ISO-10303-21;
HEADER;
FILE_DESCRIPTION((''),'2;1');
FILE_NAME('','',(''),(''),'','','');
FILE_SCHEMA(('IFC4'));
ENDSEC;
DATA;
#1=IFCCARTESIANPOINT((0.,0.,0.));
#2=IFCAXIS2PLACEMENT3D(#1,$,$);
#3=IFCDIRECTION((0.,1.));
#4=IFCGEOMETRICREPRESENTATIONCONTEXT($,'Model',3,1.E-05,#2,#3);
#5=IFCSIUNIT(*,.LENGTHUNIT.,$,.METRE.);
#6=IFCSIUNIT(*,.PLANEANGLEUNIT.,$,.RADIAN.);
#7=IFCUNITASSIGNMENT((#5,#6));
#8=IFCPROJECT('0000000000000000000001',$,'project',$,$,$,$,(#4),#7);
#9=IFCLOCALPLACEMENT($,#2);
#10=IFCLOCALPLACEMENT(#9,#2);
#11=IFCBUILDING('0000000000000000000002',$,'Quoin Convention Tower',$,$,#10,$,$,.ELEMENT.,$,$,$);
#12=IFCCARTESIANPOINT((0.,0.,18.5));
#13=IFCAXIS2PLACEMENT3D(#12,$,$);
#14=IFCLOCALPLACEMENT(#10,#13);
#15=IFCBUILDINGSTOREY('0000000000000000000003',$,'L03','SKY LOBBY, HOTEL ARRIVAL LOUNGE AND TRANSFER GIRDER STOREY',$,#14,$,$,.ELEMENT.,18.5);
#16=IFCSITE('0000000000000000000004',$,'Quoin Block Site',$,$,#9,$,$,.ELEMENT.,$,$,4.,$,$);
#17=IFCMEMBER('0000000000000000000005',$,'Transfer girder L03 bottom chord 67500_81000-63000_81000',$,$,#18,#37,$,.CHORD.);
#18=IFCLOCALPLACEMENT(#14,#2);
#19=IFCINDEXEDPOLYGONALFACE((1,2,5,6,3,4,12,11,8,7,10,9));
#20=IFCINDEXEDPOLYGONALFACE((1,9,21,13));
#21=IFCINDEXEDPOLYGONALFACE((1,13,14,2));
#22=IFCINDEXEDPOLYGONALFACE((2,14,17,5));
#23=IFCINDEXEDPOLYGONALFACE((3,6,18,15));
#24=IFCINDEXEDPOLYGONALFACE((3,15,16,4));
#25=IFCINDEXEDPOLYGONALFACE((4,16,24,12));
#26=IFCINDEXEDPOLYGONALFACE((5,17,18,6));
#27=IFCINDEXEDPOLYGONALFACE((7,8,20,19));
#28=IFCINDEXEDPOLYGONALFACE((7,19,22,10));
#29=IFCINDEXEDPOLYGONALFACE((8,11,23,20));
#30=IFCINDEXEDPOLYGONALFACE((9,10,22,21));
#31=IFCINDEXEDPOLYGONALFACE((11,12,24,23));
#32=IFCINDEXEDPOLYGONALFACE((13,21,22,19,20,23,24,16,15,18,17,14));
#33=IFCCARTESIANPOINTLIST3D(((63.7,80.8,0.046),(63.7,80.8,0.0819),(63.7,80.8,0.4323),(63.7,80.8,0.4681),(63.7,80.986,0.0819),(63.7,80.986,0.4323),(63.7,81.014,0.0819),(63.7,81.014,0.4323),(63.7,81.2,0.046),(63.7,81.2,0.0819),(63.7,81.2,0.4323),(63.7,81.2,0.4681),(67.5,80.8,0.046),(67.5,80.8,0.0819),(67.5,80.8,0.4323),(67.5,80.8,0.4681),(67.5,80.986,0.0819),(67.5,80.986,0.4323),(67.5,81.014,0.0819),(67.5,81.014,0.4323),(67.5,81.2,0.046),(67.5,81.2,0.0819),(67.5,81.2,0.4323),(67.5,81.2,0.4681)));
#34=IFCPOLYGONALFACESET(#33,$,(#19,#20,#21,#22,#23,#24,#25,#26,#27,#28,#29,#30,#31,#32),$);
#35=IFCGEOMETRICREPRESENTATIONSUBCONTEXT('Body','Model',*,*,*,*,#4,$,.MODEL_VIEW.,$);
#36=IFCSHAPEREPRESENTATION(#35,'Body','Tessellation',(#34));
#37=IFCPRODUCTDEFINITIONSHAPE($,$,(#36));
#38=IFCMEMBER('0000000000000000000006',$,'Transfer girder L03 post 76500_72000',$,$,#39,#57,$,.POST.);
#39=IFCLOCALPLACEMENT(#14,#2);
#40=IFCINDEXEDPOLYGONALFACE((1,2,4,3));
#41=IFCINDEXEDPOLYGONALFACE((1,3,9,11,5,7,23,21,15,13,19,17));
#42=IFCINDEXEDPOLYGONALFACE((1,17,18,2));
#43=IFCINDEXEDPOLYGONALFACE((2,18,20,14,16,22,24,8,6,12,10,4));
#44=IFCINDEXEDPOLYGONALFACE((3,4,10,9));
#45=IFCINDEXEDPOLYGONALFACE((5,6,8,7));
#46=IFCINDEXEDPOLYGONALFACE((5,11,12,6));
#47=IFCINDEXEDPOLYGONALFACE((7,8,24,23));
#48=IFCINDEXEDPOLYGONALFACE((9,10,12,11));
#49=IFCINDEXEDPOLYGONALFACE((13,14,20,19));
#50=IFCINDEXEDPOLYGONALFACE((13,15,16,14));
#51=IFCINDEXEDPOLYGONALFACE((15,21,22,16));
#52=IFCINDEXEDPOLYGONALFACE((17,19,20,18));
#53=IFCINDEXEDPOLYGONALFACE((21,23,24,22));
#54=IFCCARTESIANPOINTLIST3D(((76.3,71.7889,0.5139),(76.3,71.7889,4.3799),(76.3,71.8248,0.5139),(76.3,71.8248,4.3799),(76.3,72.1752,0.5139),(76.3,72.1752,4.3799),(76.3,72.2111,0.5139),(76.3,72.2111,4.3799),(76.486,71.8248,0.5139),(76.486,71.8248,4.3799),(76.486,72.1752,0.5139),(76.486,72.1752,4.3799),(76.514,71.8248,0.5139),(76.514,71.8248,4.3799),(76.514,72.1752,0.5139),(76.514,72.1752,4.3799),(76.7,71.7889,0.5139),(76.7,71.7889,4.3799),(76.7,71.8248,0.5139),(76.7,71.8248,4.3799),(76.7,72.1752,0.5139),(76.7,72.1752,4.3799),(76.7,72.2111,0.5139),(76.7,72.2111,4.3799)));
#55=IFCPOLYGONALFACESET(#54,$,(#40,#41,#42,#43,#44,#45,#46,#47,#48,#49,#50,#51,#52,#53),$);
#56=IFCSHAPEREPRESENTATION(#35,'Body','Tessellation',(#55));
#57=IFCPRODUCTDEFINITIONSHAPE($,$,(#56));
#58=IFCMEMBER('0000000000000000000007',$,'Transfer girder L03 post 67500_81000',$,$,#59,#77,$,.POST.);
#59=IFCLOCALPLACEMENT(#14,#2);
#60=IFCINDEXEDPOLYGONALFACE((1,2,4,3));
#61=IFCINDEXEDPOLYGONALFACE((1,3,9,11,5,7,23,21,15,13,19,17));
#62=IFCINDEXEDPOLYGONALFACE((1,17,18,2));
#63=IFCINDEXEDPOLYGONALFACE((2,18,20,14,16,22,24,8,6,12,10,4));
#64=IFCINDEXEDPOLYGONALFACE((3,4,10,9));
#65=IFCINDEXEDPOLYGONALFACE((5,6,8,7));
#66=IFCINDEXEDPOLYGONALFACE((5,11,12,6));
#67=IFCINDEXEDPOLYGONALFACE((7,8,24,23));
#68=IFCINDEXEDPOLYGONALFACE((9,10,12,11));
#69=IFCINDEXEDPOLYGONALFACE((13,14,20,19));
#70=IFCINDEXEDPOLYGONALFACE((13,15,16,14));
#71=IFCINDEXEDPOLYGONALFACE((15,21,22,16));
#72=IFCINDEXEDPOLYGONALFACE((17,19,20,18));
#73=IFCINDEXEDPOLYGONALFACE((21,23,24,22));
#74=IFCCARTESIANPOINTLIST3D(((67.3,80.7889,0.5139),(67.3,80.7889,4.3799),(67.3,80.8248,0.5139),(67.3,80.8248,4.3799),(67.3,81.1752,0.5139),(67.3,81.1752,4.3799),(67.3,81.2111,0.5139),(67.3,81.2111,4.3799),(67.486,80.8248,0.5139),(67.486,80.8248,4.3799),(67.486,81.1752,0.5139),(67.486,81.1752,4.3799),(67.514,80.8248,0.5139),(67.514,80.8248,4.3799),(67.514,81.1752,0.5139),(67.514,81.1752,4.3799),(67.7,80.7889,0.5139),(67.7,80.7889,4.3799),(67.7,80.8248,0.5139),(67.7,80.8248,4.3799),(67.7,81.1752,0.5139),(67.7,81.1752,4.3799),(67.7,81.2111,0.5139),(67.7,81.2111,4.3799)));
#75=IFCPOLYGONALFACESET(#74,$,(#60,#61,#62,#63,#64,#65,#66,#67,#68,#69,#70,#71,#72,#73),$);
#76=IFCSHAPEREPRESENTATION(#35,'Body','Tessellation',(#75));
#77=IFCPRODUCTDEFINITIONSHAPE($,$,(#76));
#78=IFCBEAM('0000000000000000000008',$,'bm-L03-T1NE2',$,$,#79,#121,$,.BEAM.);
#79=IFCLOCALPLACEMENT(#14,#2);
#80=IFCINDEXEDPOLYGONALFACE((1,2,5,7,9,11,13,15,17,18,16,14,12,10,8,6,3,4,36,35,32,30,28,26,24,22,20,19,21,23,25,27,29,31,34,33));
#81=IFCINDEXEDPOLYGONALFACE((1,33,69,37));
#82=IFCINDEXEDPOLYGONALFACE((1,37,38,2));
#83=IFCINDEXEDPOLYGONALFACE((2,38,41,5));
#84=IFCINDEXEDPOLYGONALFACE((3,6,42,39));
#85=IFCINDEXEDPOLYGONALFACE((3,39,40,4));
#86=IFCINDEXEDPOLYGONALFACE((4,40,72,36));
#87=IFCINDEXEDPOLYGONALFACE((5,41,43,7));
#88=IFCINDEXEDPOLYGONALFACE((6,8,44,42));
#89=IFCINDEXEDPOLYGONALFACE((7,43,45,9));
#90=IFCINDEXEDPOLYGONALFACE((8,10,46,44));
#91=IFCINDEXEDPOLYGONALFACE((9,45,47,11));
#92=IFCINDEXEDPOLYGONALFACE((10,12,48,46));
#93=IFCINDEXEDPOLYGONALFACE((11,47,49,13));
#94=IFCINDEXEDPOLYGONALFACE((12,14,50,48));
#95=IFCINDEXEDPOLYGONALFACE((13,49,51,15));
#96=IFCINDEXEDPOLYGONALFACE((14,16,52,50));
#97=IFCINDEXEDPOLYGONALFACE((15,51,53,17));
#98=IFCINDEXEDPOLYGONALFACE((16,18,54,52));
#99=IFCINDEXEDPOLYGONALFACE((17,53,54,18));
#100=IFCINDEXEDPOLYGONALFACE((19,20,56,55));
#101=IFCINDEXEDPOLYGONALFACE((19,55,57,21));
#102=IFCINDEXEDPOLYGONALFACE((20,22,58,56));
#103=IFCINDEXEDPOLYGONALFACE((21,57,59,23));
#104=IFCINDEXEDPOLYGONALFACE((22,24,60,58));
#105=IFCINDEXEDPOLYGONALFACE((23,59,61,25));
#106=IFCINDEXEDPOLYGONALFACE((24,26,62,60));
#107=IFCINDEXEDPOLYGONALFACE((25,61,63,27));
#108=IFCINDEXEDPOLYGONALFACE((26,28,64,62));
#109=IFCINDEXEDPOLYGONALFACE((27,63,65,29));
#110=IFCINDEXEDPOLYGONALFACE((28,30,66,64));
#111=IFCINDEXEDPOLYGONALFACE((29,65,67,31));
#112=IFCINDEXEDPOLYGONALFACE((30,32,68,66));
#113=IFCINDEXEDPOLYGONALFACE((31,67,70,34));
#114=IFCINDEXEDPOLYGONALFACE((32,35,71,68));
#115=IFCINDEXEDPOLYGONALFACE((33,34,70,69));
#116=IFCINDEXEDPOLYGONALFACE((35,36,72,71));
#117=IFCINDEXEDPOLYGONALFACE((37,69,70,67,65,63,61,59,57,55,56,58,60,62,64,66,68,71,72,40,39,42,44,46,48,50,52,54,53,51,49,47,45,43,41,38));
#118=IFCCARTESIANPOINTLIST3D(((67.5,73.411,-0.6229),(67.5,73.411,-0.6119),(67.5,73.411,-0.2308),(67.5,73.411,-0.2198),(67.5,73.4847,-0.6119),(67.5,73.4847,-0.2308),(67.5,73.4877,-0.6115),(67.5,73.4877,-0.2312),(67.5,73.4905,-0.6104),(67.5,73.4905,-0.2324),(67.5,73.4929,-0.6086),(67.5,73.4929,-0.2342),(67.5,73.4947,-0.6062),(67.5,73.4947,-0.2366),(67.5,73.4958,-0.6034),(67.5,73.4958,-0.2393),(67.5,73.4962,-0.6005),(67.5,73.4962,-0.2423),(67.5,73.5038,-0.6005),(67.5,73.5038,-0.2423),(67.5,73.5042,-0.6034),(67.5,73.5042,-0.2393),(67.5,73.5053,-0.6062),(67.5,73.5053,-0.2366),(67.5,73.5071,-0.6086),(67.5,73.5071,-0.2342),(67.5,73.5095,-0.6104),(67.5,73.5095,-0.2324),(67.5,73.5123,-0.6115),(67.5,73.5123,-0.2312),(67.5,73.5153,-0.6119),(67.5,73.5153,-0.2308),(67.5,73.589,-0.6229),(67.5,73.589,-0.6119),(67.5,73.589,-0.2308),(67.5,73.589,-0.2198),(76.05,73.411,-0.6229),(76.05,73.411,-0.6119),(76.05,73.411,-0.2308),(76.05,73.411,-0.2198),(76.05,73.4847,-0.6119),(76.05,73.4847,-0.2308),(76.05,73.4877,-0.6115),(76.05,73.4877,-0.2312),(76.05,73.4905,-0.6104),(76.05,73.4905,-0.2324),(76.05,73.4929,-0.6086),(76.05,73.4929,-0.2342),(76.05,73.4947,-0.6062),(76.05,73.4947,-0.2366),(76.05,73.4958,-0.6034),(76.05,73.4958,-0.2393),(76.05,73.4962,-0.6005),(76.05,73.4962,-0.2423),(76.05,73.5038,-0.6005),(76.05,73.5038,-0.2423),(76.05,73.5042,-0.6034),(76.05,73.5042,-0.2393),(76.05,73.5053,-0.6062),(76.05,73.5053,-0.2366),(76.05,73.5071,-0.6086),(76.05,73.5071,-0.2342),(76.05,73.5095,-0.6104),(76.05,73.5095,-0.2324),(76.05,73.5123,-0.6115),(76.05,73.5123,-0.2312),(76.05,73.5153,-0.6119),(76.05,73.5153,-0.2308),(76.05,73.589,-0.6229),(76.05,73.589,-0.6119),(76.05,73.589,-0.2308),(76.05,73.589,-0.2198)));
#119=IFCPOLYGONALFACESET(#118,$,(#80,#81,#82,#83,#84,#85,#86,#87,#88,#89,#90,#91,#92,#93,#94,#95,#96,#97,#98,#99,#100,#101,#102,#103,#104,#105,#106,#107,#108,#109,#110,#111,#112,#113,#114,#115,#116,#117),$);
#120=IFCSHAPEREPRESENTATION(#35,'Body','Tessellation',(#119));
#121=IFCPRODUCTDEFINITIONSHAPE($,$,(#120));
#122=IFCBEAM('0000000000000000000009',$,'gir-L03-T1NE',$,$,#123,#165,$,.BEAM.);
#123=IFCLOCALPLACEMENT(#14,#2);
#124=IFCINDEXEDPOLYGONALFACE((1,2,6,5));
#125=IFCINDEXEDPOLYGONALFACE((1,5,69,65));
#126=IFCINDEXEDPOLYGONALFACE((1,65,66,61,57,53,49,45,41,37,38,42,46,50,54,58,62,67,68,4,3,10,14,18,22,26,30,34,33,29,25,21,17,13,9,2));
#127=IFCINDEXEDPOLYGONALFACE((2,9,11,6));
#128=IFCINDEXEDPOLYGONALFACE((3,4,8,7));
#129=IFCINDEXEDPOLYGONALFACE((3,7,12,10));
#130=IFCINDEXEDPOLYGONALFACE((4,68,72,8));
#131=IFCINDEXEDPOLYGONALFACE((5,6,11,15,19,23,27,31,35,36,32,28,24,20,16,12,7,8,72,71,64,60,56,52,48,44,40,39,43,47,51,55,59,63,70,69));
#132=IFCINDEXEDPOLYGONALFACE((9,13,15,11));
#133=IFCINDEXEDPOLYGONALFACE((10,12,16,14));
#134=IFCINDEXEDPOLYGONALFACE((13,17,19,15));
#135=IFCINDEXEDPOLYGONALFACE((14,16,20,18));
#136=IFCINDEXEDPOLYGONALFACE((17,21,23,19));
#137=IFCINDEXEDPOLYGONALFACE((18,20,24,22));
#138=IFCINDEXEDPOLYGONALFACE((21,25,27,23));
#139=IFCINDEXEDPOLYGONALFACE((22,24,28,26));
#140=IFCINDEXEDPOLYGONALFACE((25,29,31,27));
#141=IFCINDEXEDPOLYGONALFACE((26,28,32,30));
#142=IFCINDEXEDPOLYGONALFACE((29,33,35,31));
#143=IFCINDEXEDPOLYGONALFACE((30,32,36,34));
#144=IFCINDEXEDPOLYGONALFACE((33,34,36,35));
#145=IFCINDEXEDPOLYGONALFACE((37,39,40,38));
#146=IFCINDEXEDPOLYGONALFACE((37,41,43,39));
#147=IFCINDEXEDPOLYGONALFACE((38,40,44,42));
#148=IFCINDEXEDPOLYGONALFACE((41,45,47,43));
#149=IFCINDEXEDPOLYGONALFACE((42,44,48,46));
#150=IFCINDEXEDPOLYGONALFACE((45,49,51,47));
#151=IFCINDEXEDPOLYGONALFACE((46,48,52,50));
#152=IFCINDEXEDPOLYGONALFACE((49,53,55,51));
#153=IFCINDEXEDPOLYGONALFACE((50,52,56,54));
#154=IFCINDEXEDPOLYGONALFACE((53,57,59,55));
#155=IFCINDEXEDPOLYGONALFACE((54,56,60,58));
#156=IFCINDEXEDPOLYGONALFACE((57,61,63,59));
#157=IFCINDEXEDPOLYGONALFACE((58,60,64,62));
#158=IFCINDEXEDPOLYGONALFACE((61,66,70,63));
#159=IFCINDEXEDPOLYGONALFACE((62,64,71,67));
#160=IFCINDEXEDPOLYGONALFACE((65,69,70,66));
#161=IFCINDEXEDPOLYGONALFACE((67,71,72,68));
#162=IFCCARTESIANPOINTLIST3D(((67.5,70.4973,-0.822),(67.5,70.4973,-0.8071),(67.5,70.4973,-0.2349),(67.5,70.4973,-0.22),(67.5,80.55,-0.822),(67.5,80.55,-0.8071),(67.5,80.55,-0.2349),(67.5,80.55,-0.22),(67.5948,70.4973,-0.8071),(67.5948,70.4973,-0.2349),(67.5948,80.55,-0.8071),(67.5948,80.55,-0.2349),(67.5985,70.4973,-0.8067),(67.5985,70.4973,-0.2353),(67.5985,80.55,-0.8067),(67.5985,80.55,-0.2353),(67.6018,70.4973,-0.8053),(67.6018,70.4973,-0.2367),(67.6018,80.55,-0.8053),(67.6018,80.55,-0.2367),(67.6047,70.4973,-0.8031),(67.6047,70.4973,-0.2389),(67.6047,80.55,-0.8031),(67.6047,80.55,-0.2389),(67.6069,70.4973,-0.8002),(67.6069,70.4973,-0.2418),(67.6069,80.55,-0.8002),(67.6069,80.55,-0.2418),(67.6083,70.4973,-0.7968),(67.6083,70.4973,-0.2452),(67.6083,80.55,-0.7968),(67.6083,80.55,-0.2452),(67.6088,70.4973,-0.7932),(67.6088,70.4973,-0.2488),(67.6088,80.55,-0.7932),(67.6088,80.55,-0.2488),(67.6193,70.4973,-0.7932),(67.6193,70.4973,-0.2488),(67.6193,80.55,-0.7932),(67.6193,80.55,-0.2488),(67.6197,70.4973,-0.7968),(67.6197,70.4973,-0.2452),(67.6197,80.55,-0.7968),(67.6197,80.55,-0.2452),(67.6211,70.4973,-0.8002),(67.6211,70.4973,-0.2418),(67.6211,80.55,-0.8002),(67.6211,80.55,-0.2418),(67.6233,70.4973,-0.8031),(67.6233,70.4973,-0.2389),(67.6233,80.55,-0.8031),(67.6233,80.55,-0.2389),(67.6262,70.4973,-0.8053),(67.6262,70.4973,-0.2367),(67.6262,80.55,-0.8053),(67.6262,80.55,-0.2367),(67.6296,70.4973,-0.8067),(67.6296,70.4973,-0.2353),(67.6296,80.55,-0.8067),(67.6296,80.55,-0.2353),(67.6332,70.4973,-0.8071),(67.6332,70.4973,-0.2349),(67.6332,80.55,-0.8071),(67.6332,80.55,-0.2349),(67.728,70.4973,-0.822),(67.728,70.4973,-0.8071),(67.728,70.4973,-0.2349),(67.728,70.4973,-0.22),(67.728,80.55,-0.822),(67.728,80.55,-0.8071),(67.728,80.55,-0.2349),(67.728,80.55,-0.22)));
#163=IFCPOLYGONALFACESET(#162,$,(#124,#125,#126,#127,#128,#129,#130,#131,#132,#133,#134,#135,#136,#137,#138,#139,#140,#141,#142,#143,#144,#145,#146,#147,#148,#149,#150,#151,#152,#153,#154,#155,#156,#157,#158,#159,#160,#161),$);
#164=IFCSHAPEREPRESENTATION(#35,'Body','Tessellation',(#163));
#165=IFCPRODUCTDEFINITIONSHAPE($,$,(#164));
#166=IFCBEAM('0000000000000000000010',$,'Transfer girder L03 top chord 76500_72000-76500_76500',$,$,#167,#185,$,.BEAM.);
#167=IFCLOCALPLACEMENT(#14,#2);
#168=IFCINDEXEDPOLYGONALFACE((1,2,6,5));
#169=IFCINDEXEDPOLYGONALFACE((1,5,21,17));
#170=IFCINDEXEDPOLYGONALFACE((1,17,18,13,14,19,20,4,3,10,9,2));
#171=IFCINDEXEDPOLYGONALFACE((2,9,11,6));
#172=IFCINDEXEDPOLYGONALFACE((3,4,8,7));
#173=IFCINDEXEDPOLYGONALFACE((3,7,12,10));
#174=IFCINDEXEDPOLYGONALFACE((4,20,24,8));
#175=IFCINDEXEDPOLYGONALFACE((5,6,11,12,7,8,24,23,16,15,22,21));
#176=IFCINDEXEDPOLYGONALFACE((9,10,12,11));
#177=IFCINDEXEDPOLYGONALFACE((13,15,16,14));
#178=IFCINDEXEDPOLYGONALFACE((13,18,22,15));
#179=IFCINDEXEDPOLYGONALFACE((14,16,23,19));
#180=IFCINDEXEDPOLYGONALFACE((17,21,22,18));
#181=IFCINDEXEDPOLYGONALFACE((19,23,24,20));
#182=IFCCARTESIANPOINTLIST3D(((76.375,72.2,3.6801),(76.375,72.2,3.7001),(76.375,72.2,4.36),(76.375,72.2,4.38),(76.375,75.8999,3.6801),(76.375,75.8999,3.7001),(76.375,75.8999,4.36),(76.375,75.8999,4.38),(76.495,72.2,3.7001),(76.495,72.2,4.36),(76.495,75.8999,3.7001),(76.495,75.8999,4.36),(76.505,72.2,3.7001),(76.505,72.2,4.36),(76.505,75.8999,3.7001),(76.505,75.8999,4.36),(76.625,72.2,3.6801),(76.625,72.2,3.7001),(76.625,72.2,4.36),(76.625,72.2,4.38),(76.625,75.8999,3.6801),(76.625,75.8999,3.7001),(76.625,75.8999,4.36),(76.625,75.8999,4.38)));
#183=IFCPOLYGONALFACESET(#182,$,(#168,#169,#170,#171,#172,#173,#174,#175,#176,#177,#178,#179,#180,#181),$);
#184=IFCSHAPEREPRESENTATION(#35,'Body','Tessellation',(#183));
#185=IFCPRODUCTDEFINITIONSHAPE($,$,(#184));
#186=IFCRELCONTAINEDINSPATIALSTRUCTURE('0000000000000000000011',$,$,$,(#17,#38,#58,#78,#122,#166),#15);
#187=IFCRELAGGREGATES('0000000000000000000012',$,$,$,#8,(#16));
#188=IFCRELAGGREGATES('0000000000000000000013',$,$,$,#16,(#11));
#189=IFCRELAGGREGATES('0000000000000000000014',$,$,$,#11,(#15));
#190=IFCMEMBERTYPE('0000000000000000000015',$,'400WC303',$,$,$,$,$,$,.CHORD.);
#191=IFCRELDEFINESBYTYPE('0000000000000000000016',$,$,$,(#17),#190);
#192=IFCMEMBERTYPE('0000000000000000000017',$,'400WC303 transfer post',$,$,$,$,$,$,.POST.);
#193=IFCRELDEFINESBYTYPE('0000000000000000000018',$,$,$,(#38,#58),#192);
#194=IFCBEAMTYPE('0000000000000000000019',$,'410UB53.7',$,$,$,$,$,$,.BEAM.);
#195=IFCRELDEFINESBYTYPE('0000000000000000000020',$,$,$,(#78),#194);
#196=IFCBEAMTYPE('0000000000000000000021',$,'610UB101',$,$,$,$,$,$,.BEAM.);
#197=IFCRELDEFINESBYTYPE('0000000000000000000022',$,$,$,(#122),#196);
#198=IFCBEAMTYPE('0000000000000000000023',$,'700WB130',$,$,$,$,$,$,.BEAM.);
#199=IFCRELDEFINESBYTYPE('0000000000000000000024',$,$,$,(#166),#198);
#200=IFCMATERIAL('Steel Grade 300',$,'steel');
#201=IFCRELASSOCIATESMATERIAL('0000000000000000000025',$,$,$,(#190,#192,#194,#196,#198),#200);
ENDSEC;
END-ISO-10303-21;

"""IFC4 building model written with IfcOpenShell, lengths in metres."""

from ifc_helpers import new_model, si_unit, direction, frame, origin, origin_2d, place, context, subcontext, project, spatial, i_section, extrude, material, material_profile, profile_set, type_object, element, save


model = new_model("IFC4")

# Units and contexts
model_context = context("Model", 3, precision=1e-05, world=origin(), true_north=direction((0.0, 1.0)))
body_context = subcontext(model_context, "Body", "Model", "MODEL_VIEW")
ifc_project = project(units=[si_unit("LENGTHUNIT", "METRE"), si_unit("PLANEANGLEUNIT", "RADIAN")], contexts=[model_context])

# Site, building, storey
site_placement = place(None, origin())
site = spatial("IfcSite", under=ifc_project, at=site_placement, Name="Quoin Block Site", CompositionType="ELEMENT", RefElevation=4.0)
building_placement = place(site_placement, origin())
building = spatial("IfcBuilding", under=site, at=building_placement, Name="Quoin Convention Tower", CompositionType="ELEMENT")
storey_placement = place(building_placement, frame((0.0, 0.0, 18.5)))
storey = spatial("IfcBuildingStorey", under=building, at=storey_placement, Name="L03", Description="SKY LOBBY, HOTEL ARRIVAL LOUNGE AND TRANSFER GIRDER STOREY", CompositionType="ELEMENT", Elevation=18.5)

# Shared definitions
ifc_material_1 = material(Name="Steel Grade 300", Category="steel")

# Members
ifc_material_profile_1 = material_profile(ifc_material_1, i_section(OverallWidth=0.3999, OverallDepth=0.4221, WebThickness=0.0281, FlangeThickness=0.0359, at=origin_2d()), Name="400WC303")
ifc_profile_set_1 = profile_set([ifc_material_profile_1], Name="Steel Grade 300")
member_type_1 = type_object("IfcMemberType", Name="400WC303", PredefinedType="CHORD", material=ifc_profile_set_1)
member_1_placement = place(storey_placement, frame((67.5, 81.0, 0.2571), z_axis=(-1.0, 0.0, 0.0), x_axis=(0.0, -1.0, 0.0)))
element("IfcMember", 1, at=member_1_placement, inside=storey, type_object=member_type_1, Name="Transfer girder L03 bottom chord 67500_81000-63000_81000", PredefinedType="CHORD", context=body_context, shape_type="SweptSolid", body=[
    extrude(i_section(OverallWidth=0.3999, OverallDepth=0.4221, WebThickness=0.0281, FlangeThickness=0.0359, at=origin_2d()), origin(), (0.0, 0.0, 1.0), 3.8),
])
ifc_material_profile_2 = material_profile(ifc_material_1, i_section(OverallWidth=0.3999, OverallDepth=0.4221, WebThickness=0.0281, FlangeThickness=0.0359, at=origin_2d()), Name="400WC303")
ifc_profile_set_2 = profile_set([ifc_material_profile_2], Name="Steel Grade 300")
member_type_2 = type_object("IfcMemberType", Name="400WC303 transfer post", PredefinedType="POST", material=ifc_profile_set_2)
for number, where, z_axis, x_axis, name in (
    (2, (76.5, 72.0, 0.5139), (0.0, 0.0, 1.0), (1.0, 0.0, 0.0), "Transfer girder L03 post 76500_72000"),
    (3, (67.5, 81.0, 0.5139), (0.0, 0.0, 1.0), (1.0, 0.0, 0.0), "Transfer girder L03 post 67500_81000"),
):
    element("IfcMember", number, at=place(storey_placement, frame(where, z_axis=z_axis, x_axis=x_axis)), inside=storey, type_object=member_type_2, Name=name, PredefinedType="POST", context=body_context, shape_type="SweptSolid", body=[
        extrude(i_section(OverallWidth=0.3999, OverallDepth=0.4221, WebThickness=0.0281, FlangeThickness=0.0359, at=origin_2d()), origin(), (0.0, 0.0, 1.0), 3.866),
    ])

# Beams
ifc_material_profile_3 = material_profile(ifc_material_1, i_section(OverallWidth=0.178, OverallDepth=0.4031, WebThickness=0.0076, FlangeThickness=0.011, FilletRadius=0.0115, at=origin_2d()), Name="410UB53.7")
ifc_profile_set_3 = profile_set([ifc_material_profile_3], Name="Steel Grade 300")
beam_type_1 = type_object("IfcBeamType", Name="410UB53.7", PredefinedType="BEAM", material=ifc_profile_set_3)
beam_1_placement = place(storey_placement, frame((67.5, 73.5, -0.4214), z_axis=(1.0, 0.0, 0.0), x_axis=(0.0, 1.0, 0.0)))
element("IfcBeam", 4, at=beam_1_placement, inside=storey, type_object=beam_type_1, Name="bm-L03-T1NE2", PredefinedType="BEAM", context=body_context, shape_type="SweptSolid", body=[
    extrude(i_section(OverallWidth=0.178, OverallDepth=0.4031, WebThickness=0.0076, FlangeThickness=0.011, FilletRadius=0.0115, at=origin_2d()), origin(), (0.0, 0.0, 1.0), 8.55),
])
ifc_material_profile_4 = material_profile(ifc_material_1, i_section(OverallWidth=0.228, OverallDepth=0.6021, WebThickness=0.0105, FlangeThickness=0.0149, FilletRadius=0.0139, at=origin_2d()), Name="610UB101")
ifc_profile_set_4 = profile_set([ifc_material_profile_4], Name="Steel Grade 300")
beam_type_2 = type_object("IfcBeamType", Name="610UB101", PredefinedType="BEAM", material=ifc_profile_set_4)
beam_2_placement = place(storey_placement, frame((67.614, 80.55, -0.521), z_axis=(0.0, -1.0, 0.0), x_axis=(1.0, 0.0, 0.0)))
element("IfcBeam", 5, at=beam_2_placement, inside=storey, type_object=beam_type_2, Name="gir-L03-T1NE", PredefinedType="BEAM", context=body_context, shape_type="SweptSolid", body=[
    extrude(i_section(OverallWidth=0.228, OverallDepth=0.6021, WebThickness=0.0105, FlangeThickness=0.0149, FilletRadius=0.0139, at=origin_2d()), origin(), (0.0, 0.0, 1.0), 10.0527),
])
ifc_material_profile_5 = material_profile(ifc_material_1, i_section(OverallWidth=0.25, OverallDepth=0.7, WebThickness=0.01, FlangeThickness=0.02, at=origin_2d()), Name="700WB130")
ifc_profile_set_5 = profile_set([ifc_material_profile_5], Name="Steel Grade 300")
beam_type_3 = type_object("IfcBeamType", Name="700WB130", PredefinedType="BEAM", material=ifc_profile_set_5)
beam_3_placement = place(storey_placement, frame((76.5, 72.2, 4.03), z_axis=(0.0, 1.0, 0.0), x_axis=(-1.0, 0.0, 0.0)))
element("IfcBeam", 6, at=beam_3_placement, inside=storey, type_object=beam_type_3, Name="Transfer girder L03 top chord 76500_72000-76500_76500", PredefinedType="BEAM", context=body_context, shape_type="SweptSolid", body=[
    extrude(i_section(OverallWidth=0.25, OverallDepth=0.7, WebThickness=0.01, FlangeThickness=0.02, at=origin_2d()), origin(), (0.0, 0.0, 1.0), 3.7),
])

save(model, "model.ifc")
